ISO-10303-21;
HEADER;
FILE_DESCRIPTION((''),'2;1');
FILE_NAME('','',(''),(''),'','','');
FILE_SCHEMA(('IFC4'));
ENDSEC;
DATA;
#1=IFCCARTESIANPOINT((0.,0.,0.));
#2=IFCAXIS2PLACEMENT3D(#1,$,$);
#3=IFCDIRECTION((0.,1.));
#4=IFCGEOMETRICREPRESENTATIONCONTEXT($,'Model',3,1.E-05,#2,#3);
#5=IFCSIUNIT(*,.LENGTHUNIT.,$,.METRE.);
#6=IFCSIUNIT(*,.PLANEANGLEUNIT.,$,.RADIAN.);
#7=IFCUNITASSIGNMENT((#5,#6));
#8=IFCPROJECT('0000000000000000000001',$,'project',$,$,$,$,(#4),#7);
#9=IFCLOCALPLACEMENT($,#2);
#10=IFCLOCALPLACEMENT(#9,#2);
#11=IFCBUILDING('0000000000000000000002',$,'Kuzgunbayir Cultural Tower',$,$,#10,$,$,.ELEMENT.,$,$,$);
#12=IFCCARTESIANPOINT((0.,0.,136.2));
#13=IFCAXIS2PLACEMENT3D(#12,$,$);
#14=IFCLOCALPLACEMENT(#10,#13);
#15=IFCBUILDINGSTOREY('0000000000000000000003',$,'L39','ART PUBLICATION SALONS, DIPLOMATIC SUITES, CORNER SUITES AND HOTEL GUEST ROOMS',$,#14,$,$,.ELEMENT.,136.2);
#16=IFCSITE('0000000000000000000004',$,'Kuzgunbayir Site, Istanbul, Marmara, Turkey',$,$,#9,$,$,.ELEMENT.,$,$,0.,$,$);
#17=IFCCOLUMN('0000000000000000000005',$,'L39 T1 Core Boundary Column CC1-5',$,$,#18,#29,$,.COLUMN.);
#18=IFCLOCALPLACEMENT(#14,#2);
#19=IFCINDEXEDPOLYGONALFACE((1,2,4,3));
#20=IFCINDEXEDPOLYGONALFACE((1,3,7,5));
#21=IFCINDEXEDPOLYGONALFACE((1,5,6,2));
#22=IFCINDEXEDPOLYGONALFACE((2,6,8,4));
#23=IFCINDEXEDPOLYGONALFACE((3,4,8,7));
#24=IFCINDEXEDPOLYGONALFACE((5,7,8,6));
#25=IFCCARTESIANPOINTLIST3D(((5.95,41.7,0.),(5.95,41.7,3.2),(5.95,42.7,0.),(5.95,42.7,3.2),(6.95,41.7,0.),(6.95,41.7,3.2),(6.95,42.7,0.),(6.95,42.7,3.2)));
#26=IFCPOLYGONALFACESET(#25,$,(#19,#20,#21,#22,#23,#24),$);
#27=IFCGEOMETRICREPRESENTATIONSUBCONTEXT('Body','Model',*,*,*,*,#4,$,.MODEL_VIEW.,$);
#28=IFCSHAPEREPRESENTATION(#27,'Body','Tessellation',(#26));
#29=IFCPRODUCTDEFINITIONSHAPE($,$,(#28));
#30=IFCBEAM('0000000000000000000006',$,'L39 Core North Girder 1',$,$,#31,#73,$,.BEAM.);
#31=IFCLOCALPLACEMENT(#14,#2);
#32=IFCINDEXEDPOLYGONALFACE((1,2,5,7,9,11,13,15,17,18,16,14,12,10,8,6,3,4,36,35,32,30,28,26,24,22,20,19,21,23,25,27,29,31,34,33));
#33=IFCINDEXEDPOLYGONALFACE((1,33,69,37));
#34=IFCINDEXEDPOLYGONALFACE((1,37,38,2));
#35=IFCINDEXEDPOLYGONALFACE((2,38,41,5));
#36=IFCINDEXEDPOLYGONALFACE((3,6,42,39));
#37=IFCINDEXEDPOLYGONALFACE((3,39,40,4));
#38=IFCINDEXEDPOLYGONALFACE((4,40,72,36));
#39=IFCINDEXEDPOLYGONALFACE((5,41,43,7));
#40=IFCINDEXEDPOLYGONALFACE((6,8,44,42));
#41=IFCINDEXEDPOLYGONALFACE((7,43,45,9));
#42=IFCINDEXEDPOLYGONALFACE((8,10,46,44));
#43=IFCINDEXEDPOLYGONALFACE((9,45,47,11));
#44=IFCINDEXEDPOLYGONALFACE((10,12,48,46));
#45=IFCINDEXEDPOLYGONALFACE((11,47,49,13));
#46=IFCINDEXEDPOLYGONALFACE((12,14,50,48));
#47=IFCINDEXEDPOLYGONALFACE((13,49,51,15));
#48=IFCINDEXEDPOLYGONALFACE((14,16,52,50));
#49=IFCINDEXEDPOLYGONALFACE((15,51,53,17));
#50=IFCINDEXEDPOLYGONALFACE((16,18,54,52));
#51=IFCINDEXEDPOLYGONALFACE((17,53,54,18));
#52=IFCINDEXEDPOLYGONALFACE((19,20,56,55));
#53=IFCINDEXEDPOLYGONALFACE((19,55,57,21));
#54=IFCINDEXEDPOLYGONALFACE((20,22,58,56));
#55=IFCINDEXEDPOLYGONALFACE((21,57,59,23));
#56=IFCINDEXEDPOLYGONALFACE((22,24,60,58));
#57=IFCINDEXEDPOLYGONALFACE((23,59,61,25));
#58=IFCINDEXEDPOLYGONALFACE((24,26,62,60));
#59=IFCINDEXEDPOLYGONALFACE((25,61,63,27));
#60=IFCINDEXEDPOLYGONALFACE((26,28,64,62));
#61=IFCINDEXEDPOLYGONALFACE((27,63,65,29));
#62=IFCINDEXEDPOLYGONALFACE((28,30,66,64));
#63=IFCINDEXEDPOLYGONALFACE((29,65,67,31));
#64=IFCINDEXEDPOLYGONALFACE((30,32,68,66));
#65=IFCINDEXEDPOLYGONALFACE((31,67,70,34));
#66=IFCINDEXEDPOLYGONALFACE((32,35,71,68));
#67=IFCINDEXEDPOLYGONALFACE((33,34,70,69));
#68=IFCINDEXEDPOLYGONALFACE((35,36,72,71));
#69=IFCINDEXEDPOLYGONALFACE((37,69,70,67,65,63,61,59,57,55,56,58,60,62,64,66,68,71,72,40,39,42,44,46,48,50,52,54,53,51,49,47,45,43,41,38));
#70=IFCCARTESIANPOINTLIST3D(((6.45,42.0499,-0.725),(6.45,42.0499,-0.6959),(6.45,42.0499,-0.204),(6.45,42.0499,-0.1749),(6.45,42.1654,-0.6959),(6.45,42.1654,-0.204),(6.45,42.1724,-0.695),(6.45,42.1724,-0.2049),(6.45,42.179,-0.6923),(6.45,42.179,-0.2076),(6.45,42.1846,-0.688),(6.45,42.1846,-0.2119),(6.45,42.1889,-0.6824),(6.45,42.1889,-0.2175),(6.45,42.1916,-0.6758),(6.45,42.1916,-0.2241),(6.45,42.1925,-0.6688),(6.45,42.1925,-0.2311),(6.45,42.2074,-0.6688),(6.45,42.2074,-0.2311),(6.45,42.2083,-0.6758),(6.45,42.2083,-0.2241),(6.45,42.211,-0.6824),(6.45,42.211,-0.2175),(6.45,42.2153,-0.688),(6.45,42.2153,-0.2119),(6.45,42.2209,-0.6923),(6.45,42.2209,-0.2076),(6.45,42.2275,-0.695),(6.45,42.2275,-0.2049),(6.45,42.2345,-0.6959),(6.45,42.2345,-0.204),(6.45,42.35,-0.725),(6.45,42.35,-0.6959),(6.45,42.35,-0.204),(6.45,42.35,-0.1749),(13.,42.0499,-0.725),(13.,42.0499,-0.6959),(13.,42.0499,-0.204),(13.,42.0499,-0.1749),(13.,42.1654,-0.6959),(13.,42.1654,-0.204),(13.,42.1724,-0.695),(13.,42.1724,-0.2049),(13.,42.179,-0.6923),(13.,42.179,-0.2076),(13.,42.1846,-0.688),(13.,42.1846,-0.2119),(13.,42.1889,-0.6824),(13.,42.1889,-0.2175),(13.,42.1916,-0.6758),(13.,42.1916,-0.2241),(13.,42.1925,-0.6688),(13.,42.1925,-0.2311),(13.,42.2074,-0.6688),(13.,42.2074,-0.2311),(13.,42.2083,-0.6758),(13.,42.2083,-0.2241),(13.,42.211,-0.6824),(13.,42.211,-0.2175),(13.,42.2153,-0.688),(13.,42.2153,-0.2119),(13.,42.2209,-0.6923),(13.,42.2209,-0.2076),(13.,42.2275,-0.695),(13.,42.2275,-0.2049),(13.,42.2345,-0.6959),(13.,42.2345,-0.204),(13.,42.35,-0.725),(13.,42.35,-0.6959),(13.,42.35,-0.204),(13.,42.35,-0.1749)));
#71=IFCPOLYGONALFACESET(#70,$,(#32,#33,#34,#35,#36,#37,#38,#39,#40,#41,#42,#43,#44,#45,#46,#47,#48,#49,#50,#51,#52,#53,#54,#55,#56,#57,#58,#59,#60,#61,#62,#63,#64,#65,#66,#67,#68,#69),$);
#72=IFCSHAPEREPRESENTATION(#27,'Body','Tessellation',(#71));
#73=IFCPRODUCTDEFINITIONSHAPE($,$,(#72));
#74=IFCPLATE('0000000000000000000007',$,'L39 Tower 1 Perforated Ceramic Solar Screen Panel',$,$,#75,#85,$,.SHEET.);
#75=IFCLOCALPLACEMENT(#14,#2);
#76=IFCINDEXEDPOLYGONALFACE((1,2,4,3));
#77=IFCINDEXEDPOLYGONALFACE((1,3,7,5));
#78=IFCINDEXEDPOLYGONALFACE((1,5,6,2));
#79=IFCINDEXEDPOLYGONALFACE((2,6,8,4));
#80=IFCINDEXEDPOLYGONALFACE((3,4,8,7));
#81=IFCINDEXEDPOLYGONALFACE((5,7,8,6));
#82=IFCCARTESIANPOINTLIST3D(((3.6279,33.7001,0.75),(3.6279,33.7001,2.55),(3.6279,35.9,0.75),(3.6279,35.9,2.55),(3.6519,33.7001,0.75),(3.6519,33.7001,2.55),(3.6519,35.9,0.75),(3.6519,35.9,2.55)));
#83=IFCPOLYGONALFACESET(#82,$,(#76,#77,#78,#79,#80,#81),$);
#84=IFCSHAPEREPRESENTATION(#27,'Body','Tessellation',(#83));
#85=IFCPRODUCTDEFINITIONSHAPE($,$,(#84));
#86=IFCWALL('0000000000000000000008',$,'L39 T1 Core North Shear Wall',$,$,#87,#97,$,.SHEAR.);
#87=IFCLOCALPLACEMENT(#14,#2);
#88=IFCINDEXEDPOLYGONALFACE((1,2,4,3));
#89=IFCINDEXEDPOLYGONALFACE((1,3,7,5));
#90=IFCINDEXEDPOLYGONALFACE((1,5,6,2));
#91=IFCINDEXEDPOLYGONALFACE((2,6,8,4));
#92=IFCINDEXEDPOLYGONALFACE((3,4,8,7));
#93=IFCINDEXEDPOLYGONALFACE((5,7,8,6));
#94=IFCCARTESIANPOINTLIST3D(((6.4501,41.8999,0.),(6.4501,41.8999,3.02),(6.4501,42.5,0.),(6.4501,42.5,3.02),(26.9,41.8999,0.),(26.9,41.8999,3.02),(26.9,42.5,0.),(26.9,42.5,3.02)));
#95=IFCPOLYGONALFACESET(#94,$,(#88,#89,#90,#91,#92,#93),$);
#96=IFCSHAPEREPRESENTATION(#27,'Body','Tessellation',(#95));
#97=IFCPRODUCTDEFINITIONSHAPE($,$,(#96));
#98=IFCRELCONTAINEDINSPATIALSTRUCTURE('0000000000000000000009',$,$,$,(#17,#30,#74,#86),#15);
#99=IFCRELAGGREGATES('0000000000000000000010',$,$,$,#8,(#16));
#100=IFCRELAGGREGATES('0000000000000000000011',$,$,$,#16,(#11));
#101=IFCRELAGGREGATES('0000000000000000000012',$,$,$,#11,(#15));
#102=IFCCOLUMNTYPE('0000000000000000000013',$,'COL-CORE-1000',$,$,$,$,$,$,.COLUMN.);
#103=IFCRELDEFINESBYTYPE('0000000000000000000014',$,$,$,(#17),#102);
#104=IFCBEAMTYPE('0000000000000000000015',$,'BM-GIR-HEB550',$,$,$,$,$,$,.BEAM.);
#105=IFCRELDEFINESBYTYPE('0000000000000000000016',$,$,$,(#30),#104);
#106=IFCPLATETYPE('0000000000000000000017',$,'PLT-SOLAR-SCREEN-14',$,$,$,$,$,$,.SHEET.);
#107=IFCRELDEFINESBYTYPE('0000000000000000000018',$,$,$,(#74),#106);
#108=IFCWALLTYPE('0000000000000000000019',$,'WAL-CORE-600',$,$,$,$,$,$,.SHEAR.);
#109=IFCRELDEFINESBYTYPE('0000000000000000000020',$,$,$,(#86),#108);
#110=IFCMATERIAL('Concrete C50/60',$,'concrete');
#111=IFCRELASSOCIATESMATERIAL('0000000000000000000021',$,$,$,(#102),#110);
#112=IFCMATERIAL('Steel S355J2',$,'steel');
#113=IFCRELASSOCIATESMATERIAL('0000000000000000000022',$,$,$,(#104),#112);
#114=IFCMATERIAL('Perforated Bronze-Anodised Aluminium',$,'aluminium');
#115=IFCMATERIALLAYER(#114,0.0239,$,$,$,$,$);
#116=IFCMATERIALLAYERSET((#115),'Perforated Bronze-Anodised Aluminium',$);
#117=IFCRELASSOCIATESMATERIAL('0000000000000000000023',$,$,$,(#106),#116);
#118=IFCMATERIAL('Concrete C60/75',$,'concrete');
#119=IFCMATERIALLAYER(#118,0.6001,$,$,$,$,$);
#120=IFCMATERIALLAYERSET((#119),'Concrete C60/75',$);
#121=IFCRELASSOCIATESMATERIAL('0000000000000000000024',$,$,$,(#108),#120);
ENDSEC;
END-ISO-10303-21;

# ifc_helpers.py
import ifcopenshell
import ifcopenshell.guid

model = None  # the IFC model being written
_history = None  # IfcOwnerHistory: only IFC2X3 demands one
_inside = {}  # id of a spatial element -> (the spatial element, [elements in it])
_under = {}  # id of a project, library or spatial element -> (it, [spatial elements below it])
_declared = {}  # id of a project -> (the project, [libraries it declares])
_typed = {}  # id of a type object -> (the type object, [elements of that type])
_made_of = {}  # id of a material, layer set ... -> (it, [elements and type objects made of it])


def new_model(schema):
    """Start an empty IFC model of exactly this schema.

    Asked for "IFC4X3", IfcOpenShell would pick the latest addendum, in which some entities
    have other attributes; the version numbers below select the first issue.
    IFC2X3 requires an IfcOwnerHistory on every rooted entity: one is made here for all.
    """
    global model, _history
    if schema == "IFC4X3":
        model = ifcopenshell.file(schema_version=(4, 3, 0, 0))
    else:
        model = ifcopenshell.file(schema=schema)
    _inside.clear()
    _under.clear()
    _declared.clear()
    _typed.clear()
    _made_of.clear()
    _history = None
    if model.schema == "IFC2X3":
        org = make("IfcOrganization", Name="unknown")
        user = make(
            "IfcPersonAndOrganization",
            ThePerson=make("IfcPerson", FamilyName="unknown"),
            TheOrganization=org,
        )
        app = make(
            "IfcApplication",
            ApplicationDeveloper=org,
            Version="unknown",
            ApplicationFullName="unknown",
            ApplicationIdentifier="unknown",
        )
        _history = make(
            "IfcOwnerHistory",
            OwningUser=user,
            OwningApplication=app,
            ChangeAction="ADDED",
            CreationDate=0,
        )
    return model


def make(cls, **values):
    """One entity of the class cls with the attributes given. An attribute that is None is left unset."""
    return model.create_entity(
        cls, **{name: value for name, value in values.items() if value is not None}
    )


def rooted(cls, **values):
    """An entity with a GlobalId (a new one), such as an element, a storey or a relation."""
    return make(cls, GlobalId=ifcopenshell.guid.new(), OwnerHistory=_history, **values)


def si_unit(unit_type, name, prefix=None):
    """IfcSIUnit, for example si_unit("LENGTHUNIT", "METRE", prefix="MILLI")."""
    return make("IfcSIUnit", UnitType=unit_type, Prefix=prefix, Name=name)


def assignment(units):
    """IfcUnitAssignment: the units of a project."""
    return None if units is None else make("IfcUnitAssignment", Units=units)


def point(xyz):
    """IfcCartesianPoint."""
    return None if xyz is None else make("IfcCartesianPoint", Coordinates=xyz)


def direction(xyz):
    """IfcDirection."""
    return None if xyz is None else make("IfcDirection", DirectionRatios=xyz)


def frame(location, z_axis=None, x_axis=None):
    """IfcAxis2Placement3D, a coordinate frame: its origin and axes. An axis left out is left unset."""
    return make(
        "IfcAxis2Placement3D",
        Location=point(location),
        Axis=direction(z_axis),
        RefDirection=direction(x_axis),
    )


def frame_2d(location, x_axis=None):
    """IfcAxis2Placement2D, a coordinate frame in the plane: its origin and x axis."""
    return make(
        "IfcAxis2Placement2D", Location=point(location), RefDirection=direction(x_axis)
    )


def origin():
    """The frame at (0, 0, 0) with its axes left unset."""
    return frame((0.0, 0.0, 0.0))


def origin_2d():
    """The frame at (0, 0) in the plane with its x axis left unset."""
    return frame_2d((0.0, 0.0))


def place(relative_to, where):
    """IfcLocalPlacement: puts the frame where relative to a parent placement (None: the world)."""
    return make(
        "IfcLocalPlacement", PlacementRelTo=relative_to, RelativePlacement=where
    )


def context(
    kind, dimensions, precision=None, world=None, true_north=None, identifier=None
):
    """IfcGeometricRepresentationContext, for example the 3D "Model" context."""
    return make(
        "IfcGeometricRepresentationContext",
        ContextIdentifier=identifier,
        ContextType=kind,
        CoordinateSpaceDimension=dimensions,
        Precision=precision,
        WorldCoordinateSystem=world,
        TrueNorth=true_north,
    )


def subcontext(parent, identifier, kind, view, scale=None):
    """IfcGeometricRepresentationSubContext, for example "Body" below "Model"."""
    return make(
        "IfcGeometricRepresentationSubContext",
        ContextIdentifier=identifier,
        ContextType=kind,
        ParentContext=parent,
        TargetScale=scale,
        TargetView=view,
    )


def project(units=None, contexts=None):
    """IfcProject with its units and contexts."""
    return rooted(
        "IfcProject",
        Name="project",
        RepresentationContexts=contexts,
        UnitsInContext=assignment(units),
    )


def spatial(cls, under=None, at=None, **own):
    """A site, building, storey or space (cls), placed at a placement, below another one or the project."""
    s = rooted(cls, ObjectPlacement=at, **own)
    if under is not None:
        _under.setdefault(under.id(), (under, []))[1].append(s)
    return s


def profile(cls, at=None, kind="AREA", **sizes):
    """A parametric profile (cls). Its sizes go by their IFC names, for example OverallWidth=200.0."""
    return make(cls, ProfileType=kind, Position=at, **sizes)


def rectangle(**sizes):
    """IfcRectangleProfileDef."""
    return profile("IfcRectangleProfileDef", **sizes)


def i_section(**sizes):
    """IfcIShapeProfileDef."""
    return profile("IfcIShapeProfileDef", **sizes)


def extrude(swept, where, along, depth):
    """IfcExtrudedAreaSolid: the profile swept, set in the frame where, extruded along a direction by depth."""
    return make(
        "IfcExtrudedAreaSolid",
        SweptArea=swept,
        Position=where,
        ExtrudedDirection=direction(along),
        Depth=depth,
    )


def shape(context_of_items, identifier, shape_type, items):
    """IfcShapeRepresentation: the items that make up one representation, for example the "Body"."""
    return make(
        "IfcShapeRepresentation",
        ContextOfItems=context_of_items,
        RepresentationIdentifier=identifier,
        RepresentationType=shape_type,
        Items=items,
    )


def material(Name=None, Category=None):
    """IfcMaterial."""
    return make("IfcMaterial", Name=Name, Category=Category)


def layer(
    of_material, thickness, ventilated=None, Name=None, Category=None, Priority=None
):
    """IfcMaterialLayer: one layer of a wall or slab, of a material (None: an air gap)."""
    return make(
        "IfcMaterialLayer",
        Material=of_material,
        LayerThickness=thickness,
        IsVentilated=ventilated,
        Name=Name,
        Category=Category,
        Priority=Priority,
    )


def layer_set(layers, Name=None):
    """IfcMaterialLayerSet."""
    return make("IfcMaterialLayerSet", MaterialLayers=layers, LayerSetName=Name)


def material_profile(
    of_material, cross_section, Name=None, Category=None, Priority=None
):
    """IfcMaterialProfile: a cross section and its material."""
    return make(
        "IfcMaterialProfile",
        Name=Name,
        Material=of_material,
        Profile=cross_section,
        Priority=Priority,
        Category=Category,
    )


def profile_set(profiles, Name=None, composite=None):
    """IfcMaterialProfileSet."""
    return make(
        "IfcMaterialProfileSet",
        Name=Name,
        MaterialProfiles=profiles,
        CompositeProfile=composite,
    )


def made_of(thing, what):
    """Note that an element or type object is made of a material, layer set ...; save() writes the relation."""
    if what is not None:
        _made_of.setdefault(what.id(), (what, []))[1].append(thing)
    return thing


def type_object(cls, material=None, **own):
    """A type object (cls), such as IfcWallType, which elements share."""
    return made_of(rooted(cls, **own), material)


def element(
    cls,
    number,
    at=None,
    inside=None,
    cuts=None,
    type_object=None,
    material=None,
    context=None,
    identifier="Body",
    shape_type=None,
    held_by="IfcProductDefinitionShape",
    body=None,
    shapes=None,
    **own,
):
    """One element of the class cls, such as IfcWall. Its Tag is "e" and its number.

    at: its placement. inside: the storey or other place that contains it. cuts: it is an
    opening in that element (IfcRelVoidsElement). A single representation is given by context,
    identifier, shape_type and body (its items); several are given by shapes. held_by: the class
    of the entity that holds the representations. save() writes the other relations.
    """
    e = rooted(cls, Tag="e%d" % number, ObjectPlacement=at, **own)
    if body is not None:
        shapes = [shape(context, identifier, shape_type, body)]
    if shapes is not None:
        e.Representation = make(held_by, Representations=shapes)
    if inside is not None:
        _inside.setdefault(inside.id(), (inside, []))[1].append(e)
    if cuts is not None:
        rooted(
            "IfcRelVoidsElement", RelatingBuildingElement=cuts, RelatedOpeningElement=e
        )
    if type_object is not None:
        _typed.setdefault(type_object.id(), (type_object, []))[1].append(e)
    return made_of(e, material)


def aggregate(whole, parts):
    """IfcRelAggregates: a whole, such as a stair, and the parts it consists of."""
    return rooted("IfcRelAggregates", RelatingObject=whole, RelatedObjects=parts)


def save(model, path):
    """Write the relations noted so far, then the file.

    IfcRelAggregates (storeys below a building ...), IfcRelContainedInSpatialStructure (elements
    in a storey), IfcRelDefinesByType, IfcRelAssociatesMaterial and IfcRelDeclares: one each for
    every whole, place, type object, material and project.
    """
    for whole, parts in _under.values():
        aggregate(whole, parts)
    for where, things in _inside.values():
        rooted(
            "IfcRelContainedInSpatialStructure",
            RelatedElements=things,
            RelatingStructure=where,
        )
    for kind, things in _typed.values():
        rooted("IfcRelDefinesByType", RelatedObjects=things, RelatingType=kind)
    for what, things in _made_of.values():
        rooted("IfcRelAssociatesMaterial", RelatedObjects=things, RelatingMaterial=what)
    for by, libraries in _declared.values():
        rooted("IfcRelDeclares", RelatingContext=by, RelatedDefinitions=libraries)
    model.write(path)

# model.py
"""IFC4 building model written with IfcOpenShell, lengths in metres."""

from ifc_helpers import new_model, si_unit, direction, frame, frame_2d, origin, origin_2d, place, context, subcontext, project, spatial, rectangle, i_section, extrude, material, layer, layer_set, material_profile, profile_set, type_object, element, save


model = new_model("IFC4")

# Units and contexts
model_context = context("Model", 3, precision=1e-05, world=origin(), true_north=direction((0.0, 1.0)))
body_context = subcontext(model_context, "Body", "Model", "MODEL_VIEW")
ifc_project = project(units=[si_unit("LENGTHUNIT", "METRE"), si_unit("PLANEANGLEUNIT", "RADIAN")], contexts=[model_context])

# Site, building, storey
site_placement = place(None, origin())
site = spatial("IfcSite", under=ifc_project, at=site_placement, Name="Kuzgunbayir Site, Istanbul, Marmara, Turkey", CompositionType="ELEMENT", RefElevation=0.0)
building_placement = place(site_placement, origin())
building = spatial("IfcBuilding", under=site, at=building_placement, Name="Kuzgunbayir Cultural Tower", CompositionType="ELEMENT")
storey_placement = place(building_placement, frame((0.0, 0.0, 136.2)))
storey = spatial("IfcBuildingStorey", under=building, at=storey_placement, Name="L39", Description="ART PUBLICATION SALONS, DIPLOMATIC SUITES, CORNER SUITES AND HOTEL GUEST ROOMS", CompositionType="ELEMENT", Elevation=136.2)

# Column
ifc_material_1 = material(Name="Concrete C50/60", Category="concrete")
ifc_material_profile_1 = material_profile(ifc_material_1, rectangle(XDim=1.0, YDim=1.0, at=origin_2d()), Name="RC 1000x1000")
ifc_profile_set_1 = profile_set([ifc_material_profile_1], Name="Concrete C50/60")
column_type = type_object("IfcColumnType", Name="COL-CORE-1000", PredefinedType="COLUMN", material=ifc_profile_set_1)
column_placement = place(storey_placement, frame((6.45, 42.2, 0.0), z_axis=(0.0, 0.0, 1.0), x_axis=(1.0, 0.0, 0.0)))
element("IfcColumn", 1, at=column_placement, inside=storey, type_object=column_type, Name="L39 T1 Core Boundary Column CC1-5", PredefinedType="COLUMN", context=body_context, shape_type="SweptSolid", body=[
    extrude(rectangle(XDim=1.0, YDim=1.0, at=origin_2d()), origin(), (0.0, 0.0, 1.0), 3.2),
])

# Beam
ifc_material_2 = material(Name="Steel S355J2", Category="steel")
ifc_material_profile_2 = material_profile(ifc_material_2, i_section(OverallWidth=0.3, OverallDepth=0.55, WebThickness=0.0149, FlangeThickness=0.0291, FilletRadius=0.0271, at=origin_2d()), Name="HEB 550")
ifc_profile_set_2 = profile_set([ifc_material_profile_2], Name="Steel S355J2")
beam_type = type_object("IfcBeamType", Name="BM-GIR-HEB550", PredefinedType="BEAM", material=ifc_profile_set_2)
beam_placement = place(storey_placement, frame((6.45, 42.2, -0.45), z_axis=(1.0, 0.0, 0.0), x_axis=(0.0, 1.0, 0.0)))
element("IfcBeam", 2, at=beam_placement, inside=storey, type_object=beam_type, Name="L39 Core North Girder 1", PredefinedType="BEAM", context=body_context, shape_type="SweptSolid", body=[
    extrude(i_section(OverallWidth=0.3, OverallDepth=0.55, WebThickness=0.0149, FlangeThickness=0.0291, FilletRadius=0.0271, at=origin_2d()), origin(), (0.0, 0.0, 1.0), 6.55),
])

# Plate
ifc_material_3 = material(Name="Perforated Bronze-Anodised Aluminium", Category="aluminium")
ifc_layer_1 = layer(ifc_material_3, 0.0239)
ifc_layer_set_1 = layer_set([ifc_layer_1], Name="Perforated Bronze-Anodised Aluminium")
plate_type = type_object("IfcPlateType", Name="PLT-SOLAR-SCREEN-14", PredefinedType="SHEET", material=ifc_layer_set_1)
plate_placement = place(storey_placement, frame((3.6399, 34.8, 0.75), z_axis=(0.0, 0.0, 1.0), x_axis=(1.0, 0.0, 0.0)))
element("IfcPlate", 3, at=plate_placement, inside=storey, type_object=plate_type, Name="L39 Tower 1 Perforated Ceramic Solar Screen Panel", PredefinedType="SHEET", context=body_context, shape_type="SweptSolid", body=[
    extrude(rectangle(XDim=0.0239, YDim=2.2, at=origin_2d()), origin(), (0.0, 0.0, 1.0), 1.8),
])

# Wall
ifc_material_4 = material(Name="Concrete C60/75", Category="concrete")
ifc_layer_2 = layer(ifc_material_4, 0.6001)
ifc_layer_set_2 = layer_set([ifc_layer_2], Name="Concrete C60/75")
wall_type_1 = type_object("IfcWallType", Name="WAL-CORE-600", PredefinedType="SHEAR", material=ifc_layer_set_2)
wall_1_placement = place(storey_placement, frame((6.45, 42.2, 0.0), z_axis=(0.0, 0.0, 1.0), x_axis=(1.0, 0.0, 0.0)))
element("IfcWall", 4, at=wall_1_placement, inside=storey, type_object=wall_type_1, Name="L39 T1 Core North Shear Wall", PredefinedType="SHEAR", context=body_context, shape_type="SweptSolid", body=[
    extrude(rectangle(XDim=20.45, YDim=0.6001, at=frame_2d((10.2251, 0.0))), origin(), (0.0, 0.0, 1.0), 3.02),
])

save(model, "model.ifc")
